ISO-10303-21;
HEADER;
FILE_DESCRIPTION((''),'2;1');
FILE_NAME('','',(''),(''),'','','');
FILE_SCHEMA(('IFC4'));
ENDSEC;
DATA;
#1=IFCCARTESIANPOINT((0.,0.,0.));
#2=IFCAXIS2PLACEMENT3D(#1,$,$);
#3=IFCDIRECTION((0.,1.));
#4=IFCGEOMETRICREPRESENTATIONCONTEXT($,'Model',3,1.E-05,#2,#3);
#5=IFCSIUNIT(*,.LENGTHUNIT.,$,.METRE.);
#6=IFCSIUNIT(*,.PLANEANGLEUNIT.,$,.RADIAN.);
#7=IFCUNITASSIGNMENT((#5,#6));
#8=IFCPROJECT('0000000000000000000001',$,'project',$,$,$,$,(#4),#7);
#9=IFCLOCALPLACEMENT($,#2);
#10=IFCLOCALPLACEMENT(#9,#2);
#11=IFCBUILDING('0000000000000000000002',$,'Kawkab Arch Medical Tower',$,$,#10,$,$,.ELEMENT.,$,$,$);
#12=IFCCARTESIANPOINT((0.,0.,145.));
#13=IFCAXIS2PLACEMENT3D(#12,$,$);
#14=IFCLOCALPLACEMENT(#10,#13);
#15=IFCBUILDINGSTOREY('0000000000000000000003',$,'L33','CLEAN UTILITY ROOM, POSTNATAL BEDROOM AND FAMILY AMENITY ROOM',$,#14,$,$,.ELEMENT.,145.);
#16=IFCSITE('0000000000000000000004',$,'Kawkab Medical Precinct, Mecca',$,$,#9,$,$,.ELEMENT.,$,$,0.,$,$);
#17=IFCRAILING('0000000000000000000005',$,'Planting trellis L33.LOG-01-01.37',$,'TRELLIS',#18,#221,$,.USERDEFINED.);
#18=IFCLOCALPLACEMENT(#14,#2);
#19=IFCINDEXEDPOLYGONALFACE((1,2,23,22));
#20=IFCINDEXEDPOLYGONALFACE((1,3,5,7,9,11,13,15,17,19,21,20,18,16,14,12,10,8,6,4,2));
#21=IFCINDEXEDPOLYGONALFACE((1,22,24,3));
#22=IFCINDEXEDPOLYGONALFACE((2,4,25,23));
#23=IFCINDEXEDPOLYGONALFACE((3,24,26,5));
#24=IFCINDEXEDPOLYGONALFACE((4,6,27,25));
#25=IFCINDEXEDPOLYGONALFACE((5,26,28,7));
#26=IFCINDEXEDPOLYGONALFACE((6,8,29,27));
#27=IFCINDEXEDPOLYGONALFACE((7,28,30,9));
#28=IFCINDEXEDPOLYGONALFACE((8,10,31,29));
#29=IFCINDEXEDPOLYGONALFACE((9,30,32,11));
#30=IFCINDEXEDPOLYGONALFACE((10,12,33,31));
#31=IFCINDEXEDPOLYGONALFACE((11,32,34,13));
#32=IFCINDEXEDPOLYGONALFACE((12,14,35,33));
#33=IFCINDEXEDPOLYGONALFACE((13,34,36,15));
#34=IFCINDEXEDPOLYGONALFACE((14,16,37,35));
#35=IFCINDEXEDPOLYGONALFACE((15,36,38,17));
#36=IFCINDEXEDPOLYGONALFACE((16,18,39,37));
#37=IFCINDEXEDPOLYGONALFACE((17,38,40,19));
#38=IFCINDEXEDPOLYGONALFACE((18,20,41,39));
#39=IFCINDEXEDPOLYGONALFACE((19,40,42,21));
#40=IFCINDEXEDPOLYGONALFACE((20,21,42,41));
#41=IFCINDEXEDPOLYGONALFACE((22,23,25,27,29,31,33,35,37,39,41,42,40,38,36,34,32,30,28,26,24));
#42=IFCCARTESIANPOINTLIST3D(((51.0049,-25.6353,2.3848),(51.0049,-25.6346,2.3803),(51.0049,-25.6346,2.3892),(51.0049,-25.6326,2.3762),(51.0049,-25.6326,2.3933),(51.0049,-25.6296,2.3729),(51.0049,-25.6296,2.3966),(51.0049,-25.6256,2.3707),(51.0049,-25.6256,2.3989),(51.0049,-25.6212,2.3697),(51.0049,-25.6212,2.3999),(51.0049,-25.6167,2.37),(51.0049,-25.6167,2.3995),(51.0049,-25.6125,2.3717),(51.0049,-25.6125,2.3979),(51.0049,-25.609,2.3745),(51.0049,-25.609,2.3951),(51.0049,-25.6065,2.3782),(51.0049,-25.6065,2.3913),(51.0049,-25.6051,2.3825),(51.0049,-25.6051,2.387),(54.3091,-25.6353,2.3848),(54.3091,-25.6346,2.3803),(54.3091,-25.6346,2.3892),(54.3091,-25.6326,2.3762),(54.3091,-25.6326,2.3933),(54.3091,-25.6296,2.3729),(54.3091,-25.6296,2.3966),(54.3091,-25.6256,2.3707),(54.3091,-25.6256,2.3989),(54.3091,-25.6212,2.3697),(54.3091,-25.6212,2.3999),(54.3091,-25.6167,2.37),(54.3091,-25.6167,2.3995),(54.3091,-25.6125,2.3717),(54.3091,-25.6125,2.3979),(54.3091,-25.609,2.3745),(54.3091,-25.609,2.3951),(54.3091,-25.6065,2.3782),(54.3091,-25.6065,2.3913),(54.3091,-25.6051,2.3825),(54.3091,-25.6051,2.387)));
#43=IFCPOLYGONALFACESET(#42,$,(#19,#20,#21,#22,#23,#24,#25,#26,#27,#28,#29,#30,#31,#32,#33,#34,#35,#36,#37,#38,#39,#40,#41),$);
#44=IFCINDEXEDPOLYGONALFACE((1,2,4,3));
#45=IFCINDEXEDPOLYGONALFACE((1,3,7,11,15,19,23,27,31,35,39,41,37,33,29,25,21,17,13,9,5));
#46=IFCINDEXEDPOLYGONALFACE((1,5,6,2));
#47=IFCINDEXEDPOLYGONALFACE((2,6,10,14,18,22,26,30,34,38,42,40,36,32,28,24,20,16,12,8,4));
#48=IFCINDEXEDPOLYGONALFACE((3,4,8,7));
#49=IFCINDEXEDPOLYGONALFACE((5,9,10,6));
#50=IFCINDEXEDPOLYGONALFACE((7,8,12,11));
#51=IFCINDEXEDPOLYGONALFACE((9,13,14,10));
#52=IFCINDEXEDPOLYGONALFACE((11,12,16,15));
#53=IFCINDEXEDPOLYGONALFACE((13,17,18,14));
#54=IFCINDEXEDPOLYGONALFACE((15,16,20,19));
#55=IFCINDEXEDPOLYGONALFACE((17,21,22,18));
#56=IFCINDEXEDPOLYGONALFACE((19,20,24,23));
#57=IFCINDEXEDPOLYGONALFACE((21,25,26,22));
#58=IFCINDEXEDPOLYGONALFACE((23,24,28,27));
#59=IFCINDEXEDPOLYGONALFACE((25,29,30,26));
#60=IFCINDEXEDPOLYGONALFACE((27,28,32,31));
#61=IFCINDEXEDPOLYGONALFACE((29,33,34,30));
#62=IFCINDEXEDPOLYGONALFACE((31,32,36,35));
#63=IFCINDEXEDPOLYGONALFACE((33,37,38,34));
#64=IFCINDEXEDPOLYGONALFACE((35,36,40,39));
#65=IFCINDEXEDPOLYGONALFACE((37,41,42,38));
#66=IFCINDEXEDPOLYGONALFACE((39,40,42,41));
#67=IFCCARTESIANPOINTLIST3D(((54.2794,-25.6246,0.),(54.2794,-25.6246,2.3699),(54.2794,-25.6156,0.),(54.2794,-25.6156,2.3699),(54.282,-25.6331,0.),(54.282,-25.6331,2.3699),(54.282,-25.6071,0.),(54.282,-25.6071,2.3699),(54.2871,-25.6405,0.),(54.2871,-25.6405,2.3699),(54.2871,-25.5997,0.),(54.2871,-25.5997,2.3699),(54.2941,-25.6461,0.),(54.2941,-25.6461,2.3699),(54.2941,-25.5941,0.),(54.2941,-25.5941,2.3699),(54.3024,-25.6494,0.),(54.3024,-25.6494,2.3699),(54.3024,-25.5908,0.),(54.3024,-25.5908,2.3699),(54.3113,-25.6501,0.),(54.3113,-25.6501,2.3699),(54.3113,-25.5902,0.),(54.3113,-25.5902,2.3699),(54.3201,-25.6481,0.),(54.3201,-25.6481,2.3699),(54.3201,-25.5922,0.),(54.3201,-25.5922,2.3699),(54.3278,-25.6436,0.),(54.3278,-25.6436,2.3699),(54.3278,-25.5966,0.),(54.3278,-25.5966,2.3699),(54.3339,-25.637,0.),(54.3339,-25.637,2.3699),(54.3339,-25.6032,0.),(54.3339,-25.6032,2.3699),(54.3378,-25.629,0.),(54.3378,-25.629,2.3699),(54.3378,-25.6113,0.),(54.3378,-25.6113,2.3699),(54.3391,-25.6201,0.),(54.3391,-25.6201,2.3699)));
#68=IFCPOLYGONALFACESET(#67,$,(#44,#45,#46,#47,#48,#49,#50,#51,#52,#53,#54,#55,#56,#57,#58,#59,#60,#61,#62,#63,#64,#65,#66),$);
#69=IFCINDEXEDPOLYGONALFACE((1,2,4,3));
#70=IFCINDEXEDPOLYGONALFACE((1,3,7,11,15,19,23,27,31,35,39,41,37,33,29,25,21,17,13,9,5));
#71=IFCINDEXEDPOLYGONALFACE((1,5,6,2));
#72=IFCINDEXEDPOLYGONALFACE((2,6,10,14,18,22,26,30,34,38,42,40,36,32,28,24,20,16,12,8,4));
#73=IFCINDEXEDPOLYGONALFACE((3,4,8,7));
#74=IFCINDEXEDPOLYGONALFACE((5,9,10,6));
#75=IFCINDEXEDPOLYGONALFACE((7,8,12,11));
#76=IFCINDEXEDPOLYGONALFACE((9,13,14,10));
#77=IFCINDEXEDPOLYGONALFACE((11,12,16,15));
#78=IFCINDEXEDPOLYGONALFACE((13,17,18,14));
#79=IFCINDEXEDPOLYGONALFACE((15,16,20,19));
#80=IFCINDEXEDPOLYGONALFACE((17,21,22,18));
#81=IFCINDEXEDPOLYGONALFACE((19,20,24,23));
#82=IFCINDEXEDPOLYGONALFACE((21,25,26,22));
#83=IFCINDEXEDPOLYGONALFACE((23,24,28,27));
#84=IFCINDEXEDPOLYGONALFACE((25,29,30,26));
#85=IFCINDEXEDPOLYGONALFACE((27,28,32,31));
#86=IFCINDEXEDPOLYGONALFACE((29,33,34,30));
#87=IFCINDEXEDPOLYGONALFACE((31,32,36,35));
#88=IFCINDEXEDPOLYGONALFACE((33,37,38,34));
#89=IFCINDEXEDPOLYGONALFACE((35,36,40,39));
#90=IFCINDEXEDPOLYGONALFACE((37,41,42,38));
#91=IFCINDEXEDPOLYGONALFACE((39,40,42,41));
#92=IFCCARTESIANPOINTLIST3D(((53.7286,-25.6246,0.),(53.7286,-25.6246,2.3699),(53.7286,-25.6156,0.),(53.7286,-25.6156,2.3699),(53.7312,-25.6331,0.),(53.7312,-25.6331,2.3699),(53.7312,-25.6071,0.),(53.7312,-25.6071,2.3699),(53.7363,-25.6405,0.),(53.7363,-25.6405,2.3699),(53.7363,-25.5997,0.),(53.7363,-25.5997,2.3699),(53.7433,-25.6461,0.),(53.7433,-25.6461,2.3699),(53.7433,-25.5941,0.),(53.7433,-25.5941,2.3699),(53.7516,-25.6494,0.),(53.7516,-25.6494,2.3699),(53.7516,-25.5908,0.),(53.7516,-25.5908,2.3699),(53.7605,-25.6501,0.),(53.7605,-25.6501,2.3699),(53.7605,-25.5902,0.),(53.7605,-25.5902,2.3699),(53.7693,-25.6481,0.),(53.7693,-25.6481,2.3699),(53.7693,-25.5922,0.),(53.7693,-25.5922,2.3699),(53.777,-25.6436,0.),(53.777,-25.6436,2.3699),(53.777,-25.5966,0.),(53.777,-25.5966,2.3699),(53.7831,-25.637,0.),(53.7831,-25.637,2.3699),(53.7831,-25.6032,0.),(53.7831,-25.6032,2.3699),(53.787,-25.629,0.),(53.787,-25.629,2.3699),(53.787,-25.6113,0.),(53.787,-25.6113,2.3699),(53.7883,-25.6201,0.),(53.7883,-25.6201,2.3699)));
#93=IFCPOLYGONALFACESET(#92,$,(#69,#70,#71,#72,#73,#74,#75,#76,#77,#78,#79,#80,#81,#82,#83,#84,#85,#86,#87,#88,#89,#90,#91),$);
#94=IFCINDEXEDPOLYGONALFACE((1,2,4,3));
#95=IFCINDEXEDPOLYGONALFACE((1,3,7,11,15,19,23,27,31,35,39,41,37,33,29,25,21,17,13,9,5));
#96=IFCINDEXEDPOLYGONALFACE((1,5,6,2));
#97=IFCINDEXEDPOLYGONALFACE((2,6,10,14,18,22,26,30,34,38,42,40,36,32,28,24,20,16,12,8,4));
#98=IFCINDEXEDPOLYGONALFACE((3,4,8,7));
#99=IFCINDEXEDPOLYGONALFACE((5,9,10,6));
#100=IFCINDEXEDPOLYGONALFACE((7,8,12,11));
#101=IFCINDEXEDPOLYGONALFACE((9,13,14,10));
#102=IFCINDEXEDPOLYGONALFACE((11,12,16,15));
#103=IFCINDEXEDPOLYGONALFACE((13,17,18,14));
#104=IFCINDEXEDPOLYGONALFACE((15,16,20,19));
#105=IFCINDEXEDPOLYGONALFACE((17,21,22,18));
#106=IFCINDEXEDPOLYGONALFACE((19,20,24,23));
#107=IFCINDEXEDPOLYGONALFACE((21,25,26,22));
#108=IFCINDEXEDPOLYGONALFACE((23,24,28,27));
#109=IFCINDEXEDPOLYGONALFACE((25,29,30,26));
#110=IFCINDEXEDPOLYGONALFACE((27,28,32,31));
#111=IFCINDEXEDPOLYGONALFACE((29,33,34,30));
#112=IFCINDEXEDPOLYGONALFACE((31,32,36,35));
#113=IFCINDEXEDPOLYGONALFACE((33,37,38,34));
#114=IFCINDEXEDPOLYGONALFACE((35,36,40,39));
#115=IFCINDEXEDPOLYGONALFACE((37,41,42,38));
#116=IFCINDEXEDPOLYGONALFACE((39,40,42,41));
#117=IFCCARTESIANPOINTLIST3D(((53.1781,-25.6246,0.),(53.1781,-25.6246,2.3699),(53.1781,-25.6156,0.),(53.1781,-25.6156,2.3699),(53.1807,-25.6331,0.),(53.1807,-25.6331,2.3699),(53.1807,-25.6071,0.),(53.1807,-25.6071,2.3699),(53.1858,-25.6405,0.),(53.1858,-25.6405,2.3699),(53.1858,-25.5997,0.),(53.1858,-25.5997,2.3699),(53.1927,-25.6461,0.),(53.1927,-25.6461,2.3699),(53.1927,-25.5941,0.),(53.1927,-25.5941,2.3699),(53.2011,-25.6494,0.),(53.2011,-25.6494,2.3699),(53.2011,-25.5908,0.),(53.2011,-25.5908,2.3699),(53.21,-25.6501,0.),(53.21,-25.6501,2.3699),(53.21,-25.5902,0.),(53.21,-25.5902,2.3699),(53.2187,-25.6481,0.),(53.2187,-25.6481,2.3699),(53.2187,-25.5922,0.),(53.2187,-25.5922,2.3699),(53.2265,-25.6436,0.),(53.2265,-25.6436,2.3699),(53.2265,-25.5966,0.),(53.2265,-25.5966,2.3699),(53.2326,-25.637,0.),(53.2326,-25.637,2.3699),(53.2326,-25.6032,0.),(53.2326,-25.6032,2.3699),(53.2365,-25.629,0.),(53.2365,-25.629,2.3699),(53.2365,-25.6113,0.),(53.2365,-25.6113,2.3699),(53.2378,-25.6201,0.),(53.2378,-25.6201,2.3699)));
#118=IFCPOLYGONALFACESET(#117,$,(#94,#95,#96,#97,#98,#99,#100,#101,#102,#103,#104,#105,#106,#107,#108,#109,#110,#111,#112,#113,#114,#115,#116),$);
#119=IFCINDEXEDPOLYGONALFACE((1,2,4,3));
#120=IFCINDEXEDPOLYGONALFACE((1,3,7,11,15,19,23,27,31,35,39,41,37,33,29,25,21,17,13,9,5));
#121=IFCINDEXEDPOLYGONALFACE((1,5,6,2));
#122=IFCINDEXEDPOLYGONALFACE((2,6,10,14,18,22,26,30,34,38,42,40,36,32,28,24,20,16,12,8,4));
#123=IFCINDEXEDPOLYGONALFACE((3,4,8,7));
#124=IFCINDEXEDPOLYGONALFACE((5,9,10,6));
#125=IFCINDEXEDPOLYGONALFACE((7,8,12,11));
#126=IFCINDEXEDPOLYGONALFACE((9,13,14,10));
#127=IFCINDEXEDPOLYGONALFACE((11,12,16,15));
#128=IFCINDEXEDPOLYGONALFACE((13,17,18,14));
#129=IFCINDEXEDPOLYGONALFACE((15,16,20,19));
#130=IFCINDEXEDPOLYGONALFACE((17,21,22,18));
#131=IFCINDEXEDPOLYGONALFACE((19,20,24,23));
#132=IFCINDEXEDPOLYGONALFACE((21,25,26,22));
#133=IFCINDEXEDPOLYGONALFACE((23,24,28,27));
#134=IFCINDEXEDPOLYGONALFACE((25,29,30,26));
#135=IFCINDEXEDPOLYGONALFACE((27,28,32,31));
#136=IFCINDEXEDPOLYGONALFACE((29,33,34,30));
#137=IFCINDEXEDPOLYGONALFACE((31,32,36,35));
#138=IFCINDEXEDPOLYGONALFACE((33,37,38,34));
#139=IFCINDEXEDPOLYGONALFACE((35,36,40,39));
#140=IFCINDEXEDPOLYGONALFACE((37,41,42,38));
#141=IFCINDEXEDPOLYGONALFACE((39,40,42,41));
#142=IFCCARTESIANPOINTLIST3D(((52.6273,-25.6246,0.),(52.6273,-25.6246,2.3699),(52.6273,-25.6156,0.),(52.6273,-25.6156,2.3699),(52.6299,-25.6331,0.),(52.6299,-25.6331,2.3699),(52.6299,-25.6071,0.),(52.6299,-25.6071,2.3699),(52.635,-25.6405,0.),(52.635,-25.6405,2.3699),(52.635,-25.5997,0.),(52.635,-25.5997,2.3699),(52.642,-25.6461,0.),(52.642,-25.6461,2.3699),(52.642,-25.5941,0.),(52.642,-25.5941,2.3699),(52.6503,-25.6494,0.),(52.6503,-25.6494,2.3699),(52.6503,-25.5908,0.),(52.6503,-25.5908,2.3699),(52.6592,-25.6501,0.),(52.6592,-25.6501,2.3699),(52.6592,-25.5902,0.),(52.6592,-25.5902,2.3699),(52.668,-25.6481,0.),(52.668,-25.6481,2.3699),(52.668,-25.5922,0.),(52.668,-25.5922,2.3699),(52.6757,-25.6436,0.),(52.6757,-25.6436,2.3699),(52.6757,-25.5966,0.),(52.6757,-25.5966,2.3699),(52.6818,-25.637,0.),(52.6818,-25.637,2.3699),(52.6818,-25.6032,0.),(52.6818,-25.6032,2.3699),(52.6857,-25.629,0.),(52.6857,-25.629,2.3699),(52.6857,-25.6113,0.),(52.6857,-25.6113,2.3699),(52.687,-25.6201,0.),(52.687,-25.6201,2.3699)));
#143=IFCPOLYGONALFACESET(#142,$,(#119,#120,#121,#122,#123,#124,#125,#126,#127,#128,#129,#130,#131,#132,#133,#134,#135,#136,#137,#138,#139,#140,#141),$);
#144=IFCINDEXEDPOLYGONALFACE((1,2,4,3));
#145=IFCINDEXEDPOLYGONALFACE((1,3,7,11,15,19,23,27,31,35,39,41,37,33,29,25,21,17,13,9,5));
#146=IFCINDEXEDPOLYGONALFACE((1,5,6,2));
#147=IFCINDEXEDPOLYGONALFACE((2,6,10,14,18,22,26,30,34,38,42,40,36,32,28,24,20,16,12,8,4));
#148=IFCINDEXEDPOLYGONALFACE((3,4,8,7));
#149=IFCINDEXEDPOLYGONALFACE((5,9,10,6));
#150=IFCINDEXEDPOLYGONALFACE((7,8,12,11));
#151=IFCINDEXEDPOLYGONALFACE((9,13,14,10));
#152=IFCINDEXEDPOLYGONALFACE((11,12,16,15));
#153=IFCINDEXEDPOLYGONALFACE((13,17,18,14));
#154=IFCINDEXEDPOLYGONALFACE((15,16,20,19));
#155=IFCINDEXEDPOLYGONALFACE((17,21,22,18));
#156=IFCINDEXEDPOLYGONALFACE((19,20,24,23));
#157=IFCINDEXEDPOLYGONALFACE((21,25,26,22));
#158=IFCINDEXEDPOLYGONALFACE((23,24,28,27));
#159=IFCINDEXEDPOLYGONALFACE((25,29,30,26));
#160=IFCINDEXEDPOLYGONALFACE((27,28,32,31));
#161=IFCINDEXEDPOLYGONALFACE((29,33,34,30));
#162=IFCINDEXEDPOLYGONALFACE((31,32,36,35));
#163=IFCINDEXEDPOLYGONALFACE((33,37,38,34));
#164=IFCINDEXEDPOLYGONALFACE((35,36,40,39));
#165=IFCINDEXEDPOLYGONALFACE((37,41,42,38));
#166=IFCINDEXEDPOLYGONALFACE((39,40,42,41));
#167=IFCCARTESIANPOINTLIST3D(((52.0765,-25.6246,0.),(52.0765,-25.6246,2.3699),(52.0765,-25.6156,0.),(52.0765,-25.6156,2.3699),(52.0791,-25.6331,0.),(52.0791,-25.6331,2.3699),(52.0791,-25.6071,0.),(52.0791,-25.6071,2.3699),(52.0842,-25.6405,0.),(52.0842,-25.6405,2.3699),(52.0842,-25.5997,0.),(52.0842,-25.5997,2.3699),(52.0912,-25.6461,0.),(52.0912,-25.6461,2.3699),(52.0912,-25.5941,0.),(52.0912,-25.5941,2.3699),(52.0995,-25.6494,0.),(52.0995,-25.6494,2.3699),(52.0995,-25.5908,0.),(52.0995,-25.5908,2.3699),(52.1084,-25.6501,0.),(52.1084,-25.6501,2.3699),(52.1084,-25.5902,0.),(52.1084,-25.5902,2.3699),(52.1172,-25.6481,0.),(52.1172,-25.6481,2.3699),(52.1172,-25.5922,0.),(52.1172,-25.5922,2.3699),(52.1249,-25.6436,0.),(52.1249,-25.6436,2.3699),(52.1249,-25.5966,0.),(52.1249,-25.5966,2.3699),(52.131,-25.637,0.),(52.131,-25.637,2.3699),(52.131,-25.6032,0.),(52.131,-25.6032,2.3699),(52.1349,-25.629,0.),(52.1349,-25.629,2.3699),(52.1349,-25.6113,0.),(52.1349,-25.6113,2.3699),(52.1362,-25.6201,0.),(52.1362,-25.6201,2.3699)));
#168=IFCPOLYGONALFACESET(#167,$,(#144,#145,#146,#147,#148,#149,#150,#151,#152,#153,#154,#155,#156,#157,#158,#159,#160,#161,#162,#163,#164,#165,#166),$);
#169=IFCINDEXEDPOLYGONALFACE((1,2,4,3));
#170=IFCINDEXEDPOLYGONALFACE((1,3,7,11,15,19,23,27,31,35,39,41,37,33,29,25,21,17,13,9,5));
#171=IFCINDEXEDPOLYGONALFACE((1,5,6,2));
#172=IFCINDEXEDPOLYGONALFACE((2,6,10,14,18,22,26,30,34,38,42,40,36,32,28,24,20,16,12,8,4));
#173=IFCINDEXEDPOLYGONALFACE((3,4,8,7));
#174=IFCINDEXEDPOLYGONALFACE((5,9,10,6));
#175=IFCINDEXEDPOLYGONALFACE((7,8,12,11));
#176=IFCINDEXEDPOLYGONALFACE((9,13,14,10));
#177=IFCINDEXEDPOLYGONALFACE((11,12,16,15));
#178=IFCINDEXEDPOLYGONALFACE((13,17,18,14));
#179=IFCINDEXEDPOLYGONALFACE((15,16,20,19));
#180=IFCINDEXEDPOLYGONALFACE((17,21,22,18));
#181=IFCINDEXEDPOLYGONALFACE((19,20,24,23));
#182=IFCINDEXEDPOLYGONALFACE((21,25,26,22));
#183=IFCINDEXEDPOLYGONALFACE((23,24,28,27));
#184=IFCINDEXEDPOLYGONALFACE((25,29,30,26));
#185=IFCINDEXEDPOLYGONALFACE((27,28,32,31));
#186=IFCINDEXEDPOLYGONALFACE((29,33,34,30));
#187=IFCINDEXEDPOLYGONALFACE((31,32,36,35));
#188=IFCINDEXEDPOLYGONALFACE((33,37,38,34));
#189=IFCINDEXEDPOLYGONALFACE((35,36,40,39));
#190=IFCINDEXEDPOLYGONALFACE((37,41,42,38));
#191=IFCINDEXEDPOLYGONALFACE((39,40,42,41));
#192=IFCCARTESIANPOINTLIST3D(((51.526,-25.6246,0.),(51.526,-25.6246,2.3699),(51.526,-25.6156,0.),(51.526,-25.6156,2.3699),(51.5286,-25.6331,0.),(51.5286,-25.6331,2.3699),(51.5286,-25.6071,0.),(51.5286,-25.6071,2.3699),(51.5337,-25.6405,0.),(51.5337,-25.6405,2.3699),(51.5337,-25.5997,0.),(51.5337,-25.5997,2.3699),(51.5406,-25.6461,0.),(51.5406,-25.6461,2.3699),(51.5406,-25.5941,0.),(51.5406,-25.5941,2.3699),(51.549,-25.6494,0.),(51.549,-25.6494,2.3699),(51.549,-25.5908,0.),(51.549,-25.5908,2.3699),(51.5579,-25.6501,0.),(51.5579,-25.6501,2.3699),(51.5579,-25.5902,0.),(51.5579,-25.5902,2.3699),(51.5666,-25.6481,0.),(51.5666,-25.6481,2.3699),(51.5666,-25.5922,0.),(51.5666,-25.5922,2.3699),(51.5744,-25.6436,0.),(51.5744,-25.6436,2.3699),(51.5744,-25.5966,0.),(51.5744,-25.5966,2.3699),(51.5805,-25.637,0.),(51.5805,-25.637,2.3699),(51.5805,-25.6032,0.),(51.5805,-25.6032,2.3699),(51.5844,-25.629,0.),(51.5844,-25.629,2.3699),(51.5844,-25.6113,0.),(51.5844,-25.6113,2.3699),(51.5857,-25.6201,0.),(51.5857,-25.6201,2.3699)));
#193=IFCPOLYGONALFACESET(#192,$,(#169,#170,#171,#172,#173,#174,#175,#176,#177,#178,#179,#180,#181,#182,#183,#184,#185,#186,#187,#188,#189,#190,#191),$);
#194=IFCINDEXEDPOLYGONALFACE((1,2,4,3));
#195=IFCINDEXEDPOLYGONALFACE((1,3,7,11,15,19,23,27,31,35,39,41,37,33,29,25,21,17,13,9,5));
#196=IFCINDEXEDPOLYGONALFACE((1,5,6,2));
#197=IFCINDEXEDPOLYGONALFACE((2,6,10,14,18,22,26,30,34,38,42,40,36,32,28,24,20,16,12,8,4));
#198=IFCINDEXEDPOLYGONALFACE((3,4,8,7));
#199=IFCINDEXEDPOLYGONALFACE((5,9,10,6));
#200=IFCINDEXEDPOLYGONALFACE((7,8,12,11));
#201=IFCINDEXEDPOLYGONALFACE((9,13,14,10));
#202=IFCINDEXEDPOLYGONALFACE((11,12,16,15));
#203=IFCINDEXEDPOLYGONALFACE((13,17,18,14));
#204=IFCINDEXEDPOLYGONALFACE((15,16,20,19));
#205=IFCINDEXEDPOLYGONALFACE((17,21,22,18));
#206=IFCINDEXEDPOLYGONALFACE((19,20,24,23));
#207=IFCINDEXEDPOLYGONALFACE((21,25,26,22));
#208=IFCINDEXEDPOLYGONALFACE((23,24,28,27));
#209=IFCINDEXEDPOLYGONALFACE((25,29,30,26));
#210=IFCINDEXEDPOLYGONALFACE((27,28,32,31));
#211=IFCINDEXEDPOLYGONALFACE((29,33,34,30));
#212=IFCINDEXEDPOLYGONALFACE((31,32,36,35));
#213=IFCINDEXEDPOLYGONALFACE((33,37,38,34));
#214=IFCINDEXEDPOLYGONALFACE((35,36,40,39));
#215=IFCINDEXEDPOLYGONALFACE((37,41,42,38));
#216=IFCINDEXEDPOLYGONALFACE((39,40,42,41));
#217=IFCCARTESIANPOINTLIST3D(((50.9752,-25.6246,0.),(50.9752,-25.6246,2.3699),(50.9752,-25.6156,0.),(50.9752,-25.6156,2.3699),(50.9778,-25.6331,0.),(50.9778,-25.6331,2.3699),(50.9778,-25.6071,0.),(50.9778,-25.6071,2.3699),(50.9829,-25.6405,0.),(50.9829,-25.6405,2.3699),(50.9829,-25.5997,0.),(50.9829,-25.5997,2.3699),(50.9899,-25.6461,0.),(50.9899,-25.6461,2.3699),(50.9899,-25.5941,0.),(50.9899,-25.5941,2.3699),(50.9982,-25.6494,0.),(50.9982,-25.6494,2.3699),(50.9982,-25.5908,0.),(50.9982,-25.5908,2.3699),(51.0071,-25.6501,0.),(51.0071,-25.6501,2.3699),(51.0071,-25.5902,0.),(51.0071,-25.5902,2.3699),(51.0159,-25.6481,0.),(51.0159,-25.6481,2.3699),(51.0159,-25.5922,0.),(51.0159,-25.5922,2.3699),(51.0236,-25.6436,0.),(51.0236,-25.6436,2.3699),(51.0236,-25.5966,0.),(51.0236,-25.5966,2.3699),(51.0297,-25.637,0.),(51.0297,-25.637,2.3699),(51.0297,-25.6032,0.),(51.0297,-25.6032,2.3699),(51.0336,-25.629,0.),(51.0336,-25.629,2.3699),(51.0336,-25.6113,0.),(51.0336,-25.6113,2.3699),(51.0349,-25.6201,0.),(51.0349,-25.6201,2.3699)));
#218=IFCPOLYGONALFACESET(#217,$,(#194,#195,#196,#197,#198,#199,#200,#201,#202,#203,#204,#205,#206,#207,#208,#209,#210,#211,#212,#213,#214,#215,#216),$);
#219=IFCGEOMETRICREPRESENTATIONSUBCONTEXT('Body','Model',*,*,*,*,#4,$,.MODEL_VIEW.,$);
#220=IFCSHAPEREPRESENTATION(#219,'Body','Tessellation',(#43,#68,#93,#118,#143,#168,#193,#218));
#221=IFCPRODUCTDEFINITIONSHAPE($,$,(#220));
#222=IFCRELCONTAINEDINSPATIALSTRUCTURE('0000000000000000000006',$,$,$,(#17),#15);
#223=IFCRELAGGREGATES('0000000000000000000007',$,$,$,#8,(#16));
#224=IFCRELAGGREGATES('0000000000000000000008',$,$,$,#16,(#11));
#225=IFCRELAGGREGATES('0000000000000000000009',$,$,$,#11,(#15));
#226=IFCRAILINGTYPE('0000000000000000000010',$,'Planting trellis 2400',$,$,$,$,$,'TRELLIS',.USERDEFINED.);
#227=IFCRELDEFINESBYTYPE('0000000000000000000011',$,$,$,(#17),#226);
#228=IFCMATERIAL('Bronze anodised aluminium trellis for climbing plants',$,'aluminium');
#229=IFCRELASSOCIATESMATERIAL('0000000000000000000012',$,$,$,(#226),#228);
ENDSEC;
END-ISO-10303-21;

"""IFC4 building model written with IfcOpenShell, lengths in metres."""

from ifc_helpers import new_model, si_unit, direction, frame, origin, origin_2d, place, context, subcontext, project, spatial, circle, extrude, material, type_object, element, save


model = new_model("IFC4")

# Units and contexts
model_context = context("Model", 3, precision=1e-05, world=origin(), true_north=direction((0.0, 1.0)))
body_context = subcontext(model_context, "Body", "Model", "MODEL_VIEW")
ifc_project = project(units=[si_unit("LENGTHUNIT", "METRE"), si_unit("PLANEANGLEUNIT", "RADIAN")], contexts=[model_context])

# Site, building, storey
site_placement = place(None, origin())
site = spatial("IfcSite", under=ifc_project, at=site_placement, Name="Kawkab Medical Precinct, Mecca", CompositionType="ELEMENT", RefElevation=0.0)
building_placement = place(site_placement, origin())
building = spatial("IfcBuilding", under=site, at=building_placement, Name="Kawkab Arch Medical Tower", CompositionType="ELEMENT")
storey_placement = place(building_placement, frame((0.0, 0.0, 145.0)))
storey = spatial("IfcBuildingStorey", under=building, at=storey_placement, Name="L33", Description="CLEAN UTILITY ROOM, POSTNATAL BEDROOM AND FAMILY AMENITY ROOM", CompositionType="ELEMENT", Elevation=145.0)

# Railing
ifc_material_1 = material(Name="Bronze anodised aluminium trellis for climbing plants", Category="aluminium")
railing_type = type_object("IfcRailingType", Name="Planting trellis 2400", ElementType="TRELLIS", PredefinedType="USERDEFINED", material=ifc_material_1)
railing_1_placement = place(storey_placement, frame((54.3091, -25.6201, 0.0)))
element("IfcRailing", 1, at=railing_1_placement, inside=storey, type_object=railing_type, Name="Planting trellis L33.LOG-01-01.37", ObjectType="TRELLIS", PredefinedType="USERDEFINED", context=body_context, shape_type="SweptSolid", body=[
    extrude(circle(Radius=0.0151, at=origin_2d()), frame((0.0, 0.0, 2.3848), z_axis=(-1.0, 0.0, 0.0), x_axis=(0.0, -1.0, 0.0)), (0.0, 0.0, 1.0), 3.3042),
    extrude(circle(Radius=0.03, at=origin_2d()), origin(), (0.0, 0.0, 1.0), 2.3699),
    extrude(circle(Radius=0.03, at=origin_2d()), frame((-0.5508, 0.0, 0.0)), (0.0, 0.0, 1.0), 2.3699),
    extrude(circle(Radius=0.03, at=origin_2d()), frame((-1.1013, 0.0, 0.0)), (0.0, 0.0, 1.0), 2.3699),
    extrude(circle(Radius=0.03, at=origin_2d()), frame((-1.6521, 0.0, 0.0)), (0.0, 0.0, 1.0), 2.3699),
    extrude(circle(Radius=0.03, at=origin_2d()), frame((-2.2029, 0.0, 0.0)), (0.0, 0.0, 1.0), 2.3699),
    extrude(circle(Radius=0.03, at=origin_2d()), frame((-2.7534, 0.0, 0.0)), (0.0, 0.0, 1.0), 2.3699),
    extrude(circle(Radius=0.03, at=origin_2d()), frame((-3.3042, 0.0, 0.0)), (0.0, 0.0, 1.0), 2.3699),
])

save(model, "model.ifc")
